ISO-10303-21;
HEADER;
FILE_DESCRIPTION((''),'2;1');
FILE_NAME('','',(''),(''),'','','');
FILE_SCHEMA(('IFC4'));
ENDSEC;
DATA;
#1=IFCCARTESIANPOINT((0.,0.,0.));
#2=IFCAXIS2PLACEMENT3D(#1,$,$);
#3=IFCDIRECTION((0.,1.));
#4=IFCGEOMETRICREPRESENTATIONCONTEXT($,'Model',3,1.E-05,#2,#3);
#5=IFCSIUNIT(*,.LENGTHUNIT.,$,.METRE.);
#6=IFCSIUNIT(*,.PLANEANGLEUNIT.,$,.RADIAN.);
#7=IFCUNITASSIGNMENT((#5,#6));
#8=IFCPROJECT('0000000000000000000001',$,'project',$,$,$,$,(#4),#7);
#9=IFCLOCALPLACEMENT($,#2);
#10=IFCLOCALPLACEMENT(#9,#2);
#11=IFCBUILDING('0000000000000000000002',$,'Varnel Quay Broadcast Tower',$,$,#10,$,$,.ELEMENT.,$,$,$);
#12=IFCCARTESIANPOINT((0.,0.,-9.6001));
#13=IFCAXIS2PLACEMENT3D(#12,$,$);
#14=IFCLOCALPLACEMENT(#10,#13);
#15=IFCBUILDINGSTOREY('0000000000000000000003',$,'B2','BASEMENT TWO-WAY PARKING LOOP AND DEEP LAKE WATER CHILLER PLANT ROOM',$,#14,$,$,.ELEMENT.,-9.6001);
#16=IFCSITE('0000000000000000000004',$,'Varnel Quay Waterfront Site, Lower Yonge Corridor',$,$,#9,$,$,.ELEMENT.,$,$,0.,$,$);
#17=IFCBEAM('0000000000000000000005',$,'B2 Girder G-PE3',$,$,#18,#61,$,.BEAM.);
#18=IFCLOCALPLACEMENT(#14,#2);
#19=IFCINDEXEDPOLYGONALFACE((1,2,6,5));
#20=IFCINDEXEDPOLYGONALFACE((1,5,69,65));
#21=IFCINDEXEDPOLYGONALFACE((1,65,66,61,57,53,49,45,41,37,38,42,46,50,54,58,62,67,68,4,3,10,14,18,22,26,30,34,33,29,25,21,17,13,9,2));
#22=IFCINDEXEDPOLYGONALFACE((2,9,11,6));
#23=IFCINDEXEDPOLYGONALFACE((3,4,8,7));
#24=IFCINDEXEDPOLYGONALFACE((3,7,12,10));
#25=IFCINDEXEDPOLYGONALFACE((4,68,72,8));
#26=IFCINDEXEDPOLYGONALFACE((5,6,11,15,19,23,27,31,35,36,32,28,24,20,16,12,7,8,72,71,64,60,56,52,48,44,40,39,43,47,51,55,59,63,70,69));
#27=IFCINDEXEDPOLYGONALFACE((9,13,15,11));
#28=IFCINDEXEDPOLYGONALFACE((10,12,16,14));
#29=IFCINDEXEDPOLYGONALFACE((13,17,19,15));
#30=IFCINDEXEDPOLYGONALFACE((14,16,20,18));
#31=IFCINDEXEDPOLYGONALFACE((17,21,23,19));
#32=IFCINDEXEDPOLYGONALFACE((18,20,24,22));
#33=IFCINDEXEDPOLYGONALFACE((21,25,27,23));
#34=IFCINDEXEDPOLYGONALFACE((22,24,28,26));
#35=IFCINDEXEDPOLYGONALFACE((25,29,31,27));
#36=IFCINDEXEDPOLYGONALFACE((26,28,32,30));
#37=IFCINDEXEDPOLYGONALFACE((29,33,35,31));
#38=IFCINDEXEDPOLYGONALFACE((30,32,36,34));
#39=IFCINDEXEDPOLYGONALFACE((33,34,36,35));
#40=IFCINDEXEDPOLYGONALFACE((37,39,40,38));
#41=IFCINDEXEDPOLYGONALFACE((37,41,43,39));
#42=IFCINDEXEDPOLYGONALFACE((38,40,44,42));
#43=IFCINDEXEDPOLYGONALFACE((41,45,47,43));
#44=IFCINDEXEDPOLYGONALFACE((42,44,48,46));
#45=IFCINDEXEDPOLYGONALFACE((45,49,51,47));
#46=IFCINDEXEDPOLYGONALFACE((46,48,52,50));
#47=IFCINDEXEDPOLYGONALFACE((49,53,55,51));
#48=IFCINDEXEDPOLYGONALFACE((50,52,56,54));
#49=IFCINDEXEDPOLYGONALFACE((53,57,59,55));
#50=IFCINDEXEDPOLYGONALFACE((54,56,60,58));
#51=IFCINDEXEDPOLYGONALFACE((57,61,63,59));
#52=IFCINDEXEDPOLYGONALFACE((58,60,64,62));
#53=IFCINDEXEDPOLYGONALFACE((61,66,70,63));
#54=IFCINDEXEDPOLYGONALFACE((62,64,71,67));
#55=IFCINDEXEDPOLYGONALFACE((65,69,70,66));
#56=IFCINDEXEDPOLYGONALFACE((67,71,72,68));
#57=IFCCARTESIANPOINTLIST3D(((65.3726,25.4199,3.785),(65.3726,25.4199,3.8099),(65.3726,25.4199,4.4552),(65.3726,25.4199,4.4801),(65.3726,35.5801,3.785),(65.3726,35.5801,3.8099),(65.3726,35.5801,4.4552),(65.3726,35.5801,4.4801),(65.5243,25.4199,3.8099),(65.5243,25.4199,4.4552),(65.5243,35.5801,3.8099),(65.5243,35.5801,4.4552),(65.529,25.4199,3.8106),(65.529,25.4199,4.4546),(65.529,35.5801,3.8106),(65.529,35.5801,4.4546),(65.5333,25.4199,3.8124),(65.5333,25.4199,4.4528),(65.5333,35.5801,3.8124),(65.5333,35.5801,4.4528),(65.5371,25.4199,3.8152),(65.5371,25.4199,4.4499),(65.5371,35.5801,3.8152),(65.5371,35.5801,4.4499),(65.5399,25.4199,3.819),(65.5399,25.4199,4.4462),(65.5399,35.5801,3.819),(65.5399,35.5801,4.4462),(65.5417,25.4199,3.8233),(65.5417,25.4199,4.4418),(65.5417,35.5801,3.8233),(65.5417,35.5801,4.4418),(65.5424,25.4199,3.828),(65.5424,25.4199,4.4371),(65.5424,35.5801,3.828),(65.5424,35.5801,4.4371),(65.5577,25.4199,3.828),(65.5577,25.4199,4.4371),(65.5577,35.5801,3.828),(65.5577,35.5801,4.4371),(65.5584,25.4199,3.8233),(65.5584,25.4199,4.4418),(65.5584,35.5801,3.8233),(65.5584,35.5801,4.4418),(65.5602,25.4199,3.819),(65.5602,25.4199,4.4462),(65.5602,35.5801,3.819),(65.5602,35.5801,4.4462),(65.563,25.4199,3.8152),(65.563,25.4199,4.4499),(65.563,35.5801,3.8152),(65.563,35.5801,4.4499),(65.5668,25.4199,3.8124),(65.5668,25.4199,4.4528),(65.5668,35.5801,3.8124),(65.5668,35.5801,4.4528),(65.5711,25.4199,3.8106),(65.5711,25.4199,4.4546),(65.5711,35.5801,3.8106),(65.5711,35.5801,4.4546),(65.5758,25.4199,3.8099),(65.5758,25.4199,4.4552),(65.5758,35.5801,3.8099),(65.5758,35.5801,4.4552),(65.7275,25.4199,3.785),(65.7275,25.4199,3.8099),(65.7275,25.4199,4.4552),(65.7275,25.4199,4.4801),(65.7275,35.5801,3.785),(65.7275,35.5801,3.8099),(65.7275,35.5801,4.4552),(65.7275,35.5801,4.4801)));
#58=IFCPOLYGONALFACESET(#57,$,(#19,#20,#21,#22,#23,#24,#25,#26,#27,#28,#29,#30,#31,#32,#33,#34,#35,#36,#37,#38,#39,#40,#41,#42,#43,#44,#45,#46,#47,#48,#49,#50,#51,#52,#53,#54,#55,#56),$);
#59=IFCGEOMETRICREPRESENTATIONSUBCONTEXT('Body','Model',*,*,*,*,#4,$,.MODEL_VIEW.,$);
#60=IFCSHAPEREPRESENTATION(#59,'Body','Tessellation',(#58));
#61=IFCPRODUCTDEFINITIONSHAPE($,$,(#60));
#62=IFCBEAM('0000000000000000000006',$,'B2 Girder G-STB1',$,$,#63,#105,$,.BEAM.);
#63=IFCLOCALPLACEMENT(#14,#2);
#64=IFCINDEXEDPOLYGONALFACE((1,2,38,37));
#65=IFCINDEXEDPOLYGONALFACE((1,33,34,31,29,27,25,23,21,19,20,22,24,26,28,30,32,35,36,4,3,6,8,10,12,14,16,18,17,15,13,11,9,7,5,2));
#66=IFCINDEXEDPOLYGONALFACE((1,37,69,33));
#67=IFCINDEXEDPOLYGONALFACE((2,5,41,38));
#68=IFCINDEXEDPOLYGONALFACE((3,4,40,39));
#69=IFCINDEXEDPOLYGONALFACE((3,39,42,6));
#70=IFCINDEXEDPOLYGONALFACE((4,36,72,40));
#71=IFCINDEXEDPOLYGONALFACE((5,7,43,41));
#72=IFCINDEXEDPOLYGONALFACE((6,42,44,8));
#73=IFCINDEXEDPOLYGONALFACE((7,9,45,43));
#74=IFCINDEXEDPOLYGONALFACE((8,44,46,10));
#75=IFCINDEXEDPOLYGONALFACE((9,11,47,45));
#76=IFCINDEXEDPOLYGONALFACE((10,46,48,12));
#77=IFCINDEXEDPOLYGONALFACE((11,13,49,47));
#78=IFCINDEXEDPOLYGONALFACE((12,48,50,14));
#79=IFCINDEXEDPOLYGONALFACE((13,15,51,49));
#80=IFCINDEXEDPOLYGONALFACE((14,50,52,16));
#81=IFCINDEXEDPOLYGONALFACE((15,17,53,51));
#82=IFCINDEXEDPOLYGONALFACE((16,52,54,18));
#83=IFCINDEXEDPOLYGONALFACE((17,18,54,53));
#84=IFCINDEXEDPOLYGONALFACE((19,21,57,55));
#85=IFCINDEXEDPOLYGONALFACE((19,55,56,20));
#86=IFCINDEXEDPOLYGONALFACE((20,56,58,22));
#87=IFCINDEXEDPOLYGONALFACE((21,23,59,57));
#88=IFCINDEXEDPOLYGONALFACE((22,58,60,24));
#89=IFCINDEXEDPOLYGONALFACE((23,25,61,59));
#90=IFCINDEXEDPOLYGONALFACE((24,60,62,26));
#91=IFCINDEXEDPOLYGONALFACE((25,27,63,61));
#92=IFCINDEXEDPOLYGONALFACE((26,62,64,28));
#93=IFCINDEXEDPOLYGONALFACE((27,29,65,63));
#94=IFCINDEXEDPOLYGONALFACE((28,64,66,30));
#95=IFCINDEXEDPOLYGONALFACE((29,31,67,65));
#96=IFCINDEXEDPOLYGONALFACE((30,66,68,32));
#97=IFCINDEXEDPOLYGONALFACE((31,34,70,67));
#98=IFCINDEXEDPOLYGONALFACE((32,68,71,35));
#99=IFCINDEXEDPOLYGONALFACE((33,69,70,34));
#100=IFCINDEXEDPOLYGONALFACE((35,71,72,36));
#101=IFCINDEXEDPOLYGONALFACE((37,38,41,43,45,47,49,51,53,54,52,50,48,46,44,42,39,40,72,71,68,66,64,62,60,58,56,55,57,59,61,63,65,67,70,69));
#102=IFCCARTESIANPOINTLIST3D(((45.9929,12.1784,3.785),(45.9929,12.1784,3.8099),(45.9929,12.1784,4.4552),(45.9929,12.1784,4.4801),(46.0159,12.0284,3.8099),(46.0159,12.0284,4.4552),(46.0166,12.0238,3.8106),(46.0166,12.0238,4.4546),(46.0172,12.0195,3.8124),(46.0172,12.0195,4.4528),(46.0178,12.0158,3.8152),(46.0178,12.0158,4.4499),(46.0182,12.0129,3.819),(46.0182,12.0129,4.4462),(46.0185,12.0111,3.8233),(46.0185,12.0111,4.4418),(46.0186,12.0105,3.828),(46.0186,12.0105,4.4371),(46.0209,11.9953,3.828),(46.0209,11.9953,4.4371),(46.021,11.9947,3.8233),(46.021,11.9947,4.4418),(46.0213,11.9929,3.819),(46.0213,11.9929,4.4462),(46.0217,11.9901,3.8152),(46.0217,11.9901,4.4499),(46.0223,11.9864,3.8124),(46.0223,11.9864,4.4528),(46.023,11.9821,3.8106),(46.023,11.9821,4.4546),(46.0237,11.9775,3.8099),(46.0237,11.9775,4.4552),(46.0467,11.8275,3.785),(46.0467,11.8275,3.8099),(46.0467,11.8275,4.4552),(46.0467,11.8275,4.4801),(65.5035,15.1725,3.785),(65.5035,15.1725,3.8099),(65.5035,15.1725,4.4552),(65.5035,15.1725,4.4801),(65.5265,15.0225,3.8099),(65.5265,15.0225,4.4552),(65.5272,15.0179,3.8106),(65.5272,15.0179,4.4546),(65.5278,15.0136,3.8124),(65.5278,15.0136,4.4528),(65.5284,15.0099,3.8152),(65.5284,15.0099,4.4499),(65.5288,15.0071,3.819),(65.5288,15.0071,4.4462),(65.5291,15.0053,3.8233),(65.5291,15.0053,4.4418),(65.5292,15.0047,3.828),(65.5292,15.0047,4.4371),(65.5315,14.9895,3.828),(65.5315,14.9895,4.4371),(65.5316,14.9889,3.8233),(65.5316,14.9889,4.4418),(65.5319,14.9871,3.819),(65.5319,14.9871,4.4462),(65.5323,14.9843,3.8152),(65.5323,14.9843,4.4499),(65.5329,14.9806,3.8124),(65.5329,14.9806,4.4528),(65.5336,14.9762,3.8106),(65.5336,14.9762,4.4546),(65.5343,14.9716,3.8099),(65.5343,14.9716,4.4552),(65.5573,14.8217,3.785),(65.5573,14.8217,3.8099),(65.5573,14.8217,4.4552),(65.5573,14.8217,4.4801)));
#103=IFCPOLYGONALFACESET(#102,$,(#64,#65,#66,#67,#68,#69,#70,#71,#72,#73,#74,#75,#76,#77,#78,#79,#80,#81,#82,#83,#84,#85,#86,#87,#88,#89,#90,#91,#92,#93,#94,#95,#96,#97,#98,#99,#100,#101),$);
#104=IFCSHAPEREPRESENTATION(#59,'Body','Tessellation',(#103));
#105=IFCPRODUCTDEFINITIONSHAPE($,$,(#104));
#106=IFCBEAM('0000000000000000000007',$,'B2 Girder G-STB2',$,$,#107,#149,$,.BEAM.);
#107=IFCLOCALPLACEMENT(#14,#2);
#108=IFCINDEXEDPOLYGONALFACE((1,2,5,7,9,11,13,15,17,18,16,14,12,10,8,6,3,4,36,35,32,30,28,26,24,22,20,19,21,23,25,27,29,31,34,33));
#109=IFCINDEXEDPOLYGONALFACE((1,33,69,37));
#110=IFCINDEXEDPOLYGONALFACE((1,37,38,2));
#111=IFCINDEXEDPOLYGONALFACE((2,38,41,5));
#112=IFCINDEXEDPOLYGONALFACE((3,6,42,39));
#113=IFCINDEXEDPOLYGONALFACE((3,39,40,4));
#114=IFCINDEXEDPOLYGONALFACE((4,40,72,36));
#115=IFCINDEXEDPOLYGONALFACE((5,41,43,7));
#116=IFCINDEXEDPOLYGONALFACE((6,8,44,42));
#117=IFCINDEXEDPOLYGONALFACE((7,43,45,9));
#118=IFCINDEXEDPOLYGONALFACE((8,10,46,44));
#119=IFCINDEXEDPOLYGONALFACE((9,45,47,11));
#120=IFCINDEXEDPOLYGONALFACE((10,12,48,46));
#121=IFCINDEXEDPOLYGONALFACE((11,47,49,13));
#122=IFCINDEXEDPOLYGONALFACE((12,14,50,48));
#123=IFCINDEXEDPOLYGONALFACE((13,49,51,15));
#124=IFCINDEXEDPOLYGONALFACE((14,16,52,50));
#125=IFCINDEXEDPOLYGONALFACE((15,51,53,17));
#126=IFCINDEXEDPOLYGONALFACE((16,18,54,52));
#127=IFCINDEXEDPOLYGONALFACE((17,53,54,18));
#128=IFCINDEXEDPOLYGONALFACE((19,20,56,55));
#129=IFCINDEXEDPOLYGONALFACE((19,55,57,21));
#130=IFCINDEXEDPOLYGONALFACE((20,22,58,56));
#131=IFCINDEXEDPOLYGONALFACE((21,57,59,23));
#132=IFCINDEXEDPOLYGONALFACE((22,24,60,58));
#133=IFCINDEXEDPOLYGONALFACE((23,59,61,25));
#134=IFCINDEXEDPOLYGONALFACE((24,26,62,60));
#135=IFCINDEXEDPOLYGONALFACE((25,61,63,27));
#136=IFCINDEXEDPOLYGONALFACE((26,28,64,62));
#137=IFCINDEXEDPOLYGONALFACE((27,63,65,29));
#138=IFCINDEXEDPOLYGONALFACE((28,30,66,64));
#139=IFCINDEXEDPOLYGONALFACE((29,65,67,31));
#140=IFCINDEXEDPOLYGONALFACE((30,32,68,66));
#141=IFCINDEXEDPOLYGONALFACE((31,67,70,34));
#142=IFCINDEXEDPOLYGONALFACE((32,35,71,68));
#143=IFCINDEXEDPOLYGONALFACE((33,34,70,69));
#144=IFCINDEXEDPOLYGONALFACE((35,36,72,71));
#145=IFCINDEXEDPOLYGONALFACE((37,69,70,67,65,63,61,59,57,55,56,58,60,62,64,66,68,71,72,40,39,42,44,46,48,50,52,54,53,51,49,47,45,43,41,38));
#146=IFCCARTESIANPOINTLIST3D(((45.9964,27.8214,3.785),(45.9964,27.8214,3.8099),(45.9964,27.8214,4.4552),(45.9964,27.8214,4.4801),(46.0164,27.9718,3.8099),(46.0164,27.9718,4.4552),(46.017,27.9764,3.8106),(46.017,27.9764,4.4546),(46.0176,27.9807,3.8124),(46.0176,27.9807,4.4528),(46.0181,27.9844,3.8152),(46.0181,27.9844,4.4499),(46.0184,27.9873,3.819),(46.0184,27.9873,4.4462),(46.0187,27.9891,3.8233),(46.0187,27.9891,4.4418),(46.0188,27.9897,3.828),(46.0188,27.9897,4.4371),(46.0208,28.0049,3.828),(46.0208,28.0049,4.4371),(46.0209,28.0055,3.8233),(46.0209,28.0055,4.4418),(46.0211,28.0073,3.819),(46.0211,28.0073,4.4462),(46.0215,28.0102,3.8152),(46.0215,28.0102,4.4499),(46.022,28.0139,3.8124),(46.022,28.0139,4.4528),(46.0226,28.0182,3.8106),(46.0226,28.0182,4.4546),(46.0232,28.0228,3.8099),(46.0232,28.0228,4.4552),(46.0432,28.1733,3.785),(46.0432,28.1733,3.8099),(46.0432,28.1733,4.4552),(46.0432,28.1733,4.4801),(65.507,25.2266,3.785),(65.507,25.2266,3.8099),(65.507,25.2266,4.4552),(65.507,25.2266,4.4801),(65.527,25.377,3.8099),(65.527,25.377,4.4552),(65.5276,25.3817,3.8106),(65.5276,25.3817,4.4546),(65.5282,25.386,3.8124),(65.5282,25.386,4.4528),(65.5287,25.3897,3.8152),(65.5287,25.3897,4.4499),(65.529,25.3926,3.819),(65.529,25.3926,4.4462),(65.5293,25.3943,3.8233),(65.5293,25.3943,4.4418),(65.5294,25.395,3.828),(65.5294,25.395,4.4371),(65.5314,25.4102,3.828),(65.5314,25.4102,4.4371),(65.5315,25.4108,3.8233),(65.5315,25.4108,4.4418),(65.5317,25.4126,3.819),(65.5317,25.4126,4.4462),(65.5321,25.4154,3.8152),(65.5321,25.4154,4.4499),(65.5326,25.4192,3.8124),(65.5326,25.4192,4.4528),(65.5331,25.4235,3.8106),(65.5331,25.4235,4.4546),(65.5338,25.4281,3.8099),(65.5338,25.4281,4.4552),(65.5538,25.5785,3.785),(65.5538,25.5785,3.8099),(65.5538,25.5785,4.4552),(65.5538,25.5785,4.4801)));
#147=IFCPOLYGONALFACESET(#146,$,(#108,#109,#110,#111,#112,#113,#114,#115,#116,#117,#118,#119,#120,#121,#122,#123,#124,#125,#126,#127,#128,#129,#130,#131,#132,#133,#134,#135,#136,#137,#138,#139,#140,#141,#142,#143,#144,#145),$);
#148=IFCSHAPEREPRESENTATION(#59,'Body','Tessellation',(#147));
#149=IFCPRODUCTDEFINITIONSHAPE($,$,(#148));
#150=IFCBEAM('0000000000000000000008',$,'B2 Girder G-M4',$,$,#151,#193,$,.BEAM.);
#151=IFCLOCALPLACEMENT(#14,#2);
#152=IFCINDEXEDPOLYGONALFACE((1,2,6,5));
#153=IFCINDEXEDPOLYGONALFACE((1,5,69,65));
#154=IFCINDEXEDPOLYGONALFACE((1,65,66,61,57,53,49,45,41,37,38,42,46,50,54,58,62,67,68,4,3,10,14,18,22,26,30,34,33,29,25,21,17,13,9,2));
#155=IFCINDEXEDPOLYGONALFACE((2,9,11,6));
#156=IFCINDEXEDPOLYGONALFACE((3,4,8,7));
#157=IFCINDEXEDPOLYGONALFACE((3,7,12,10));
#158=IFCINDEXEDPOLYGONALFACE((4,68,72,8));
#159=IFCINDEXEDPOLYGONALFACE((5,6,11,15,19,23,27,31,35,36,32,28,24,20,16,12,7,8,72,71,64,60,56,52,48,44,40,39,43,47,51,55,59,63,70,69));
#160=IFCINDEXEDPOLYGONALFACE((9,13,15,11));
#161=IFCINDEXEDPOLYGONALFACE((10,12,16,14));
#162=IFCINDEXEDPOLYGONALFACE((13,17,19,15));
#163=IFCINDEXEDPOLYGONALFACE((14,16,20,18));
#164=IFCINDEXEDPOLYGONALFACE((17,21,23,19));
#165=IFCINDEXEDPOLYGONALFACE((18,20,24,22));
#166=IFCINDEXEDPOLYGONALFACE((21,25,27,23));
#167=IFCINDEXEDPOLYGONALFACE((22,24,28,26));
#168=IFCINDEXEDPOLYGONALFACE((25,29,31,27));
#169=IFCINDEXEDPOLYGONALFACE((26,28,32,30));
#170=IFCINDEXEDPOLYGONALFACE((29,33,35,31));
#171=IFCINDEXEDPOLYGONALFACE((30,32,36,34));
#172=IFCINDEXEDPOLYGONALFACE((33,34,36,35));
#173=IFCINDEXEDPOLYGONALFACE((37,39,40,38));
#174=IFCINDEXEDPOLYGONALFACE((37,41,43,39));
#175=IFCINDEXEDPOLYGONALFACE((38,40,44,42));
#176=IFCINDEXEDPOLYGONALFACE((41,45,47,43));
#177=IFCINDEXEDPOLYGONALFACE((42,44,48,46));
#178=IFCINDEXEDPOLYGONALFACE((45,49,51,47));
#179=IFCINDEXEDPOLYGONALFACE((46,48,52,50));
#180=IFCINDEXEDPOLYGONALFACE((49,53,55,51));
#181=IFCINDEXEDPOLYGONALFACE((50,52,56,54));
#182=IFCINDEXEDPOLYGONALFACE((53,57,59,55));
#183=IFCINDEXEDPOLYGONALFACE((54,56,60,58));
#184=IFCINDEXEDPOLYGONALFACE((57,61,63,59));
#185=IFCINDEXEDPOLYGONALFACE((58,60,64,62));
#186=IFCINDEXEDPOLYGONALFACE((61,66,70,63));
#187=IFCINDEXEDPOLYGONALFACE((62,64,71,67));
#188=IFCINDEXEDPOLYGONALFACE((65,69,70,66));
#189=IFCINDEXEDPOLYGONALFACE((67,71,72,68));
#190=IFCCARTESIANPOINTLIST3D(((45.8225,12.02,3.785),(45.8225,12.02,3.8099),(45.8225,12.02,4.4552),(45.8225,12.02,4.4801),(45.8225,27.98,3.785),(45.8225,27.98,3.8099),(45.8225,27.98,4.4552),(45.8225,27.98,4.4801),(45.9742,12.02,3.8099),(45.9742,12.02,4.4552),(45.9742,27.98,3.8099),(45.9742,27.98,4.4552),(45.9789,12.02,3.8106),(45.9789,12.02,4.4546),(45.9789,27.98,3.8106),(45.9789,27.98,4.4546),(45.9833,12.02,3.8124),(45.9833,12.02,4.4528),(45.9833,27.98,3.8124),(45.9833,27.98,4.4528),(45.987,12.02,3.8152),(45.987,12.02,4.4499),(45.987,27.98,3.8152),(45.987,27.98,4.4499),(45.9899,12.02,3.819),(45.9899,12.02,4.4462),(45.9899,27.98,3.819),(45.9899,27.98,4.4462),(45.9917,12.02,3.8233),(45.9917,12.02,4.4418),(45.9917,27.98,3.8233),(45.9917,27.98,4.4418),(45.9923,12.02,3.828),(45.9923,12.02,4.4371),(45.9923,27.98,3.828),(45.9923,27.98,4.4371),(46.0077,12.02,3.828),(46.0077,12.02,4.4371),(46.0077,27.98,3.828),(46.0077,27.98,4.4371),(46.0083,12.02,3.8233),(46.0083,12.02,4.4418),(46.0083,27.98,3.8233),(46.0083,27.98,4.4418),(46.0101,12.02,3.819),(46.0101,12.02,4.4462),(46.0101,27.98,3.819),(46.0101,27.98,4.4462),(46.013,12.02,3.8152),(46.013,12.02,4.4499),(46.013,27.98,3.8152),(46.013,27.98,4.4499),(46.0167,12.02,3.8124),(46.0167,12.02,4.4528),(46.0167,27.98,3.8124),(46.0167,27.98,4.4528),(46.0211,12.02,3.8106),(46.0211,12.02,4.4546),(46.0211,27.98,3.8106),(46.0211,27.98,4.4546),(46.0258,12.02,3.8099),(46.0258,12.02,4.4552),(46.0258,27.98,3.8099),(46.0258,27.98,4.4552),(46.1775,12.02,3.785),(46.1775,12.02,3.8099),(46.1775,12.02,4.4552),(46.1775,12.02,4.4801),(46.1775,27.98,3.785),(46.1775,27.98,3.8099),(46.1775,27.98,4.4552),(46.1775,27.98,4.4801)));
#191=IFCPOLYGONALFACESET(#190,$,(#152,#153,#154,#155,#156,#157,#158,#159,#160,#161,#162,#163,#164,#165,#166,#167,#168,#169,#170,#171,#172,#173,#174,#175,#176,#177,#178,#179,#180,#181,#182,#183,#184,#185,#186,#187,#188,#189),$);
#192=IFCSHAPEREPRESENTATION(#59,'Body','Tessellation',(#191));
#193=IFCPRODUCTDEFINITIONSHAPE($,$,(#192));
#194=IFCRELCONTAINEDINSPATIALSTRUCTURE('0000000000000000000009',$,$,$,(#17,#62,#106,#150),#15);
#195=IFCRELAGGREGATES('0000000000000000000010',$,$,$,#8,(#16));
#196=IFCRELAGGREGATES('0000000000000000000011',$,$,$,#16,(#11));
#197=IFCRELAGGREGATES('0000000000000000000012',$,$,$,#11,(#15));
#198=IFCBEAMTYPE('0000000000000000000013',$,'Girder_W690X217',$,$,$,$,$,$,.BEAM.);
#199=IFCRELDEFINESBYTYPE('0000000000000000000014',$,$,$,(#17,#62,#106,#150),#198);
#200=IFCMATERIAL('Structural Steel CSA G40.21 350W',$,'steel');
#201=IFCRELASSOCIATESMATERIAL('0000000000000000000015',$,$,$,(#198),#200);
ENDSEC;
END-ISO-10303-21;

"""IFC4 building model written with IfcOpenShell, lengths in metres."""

from ifc_helpers import new_model, si_unit, direction, frame, origin, origin_2d, place, context, subcontext, project, spatial, i_section, extrude, source, transform, mapped, material, material_profile, profile_set, type_object, element, save


model = new_model("IFC4")

# Units and contexts
model_context = context("Model", 3, precision=1e-05, world=origin(), true_north=direction((0.0, 1.0)))
body_context = subcontext(model_context, "Body", "Model", "MODEL_VIEW")
ifc_project = project(units=[si_unit("LENGTHUNIT", "METRE"), si_unit("PLANEANGLEUNIT", "RADIAN")], contexts=[model_context])

# Site, building, storey
site_placement = place(None, origin())
site = spatial("IfcSite", under=ifc_project, at=site_placement, Name="Varnel Quay Waterfront Site, Lower Yonge Corridor", CompositionType="ELEMENT", RefElevation=0.0)
building_placement = place(site_placement, origin())
building = spatial("IfcBuilding", under=site, at=building_placement, Name="Varnel Quay Broadcast Tower", CompositionType="ELEMENT")
storey_placement = place(building_placement, frame((0.0, 0.0, -9.6001)))
storey = spatial("IfcBuildingStorey", under=building, at=storey_placement, Name="B2", Description="BASEMENT TWO-WAY PARKING LOOP AND DEEP LAKE WATER CHILLER PLANT ROOM", CompositionType="ELEMENT", Elevation=-9.6001)

# Beams
ifc_material_1 = material(Name="Structural Steel CSA G40.21 350W", Category="steel")
ifc_material_profile_1 = material_profile(ifc_material_1, i_section(OverallWidth=0.355, OverallDepth=0.6951, WebThickness=0.0154, FlangeThickness=0.0249, FilletRadius=0.0181, at=origin_2d()), Name="W690X217")
ifc_profile_set_1 = profile_set([ifc_material_profile_1], Name="Structural Steel CSA G40.21 350W")
beam_type_1 = type_object("IfcBeamType", Name="Girder_W690X217", PredefinedType="BEAM", material=ifc_profile_set_1)
shared_shape_1 = source(origin(), body_context, "Body", "SweptSolid", [
    extrude(i_section(OverallWidth=0.355, OverallDepth=0.6951, WebThickness=0.0154, FlangeThickness=0.0249, FilletRadius=0.0181, at=origin_2d()), origin(), (0.0, 0.0, 1.0), 10.1602),
])
beam_1_placement = place(storey_placement, frame((65.55, 25.4199, 4.1326), z_axis=(0.0, 1.0, 0.0), x_axis=(-1.0, 0.0, 0.0)))
element("IfcBeam", 1, at=beam_1_placement, inside=storey, type_object=beam_type_1, Name="B2 Girder G-PE3", PredefinedType="BEAM", context=body_context, shape_type="MappedRepresentation", body=[
    mapped(shared_shape_1, transform((0.0, 0.0, 0.0), x_axis=(1.0, 0.0, 0.0), y_axis=(0.0, 1.0, 0.0), z_axis=(0.0, 0.0, 1.0), scale=1.0)),
])
shared_shape_2 = source(origin(), body_context, "Body", "SweptSolid", [
    extrude(i_section(OverallWidth=0.355, OverallDepth=0.6951, WebThickness=0.0154, FlangeThickness=0.0249, FilletRadius=0.0181, at=origin_2d()), origin(), (0.0, 0.0, 1.0), 19.739),
])
beam_2_placement = place(storey_placement, frame((46.0198, 12.0029, 4.1326), z_axis=(0.988429, 0.151687, 0.0), x_axis=(-0.151687, 0.988429, 0.0)))
element("IfcBeam", 2, at=beam_2_placement, inside=storey, type_object=beam_type_1, Name="B2 Girder G-STB1", PredefinedType="BEAM", context=body_context, shape_type="MappedRepresentation", body=[
    mapped(shared_shape_2, transform((0.0, 0.0, 0.0), x_axis=(1.0, 0.0, 0.0), y_axis=(0.0, 1.0, 0.0), z_axis=(0.0, 0.0, 1.0), scale=1.0)),
])
shared_shape_3 = source(origin(), body_context, "Body", "SweptSolid", [
    extrude(i_section(OverallWidth=0.355, OverallDepth=0.6951, WebThickness=0.0154, FlangeThickness=0.0249, FilletRadius=0.0181, at=origin_2d()), origin(), (0.0, 0.0, 1.0), 19.6824),
])
beam_3_placement = place(storey_placement, frame((46.0198, 27.9973, 4.1326), z_axis=(0.991272, -0.131831, 0.0), x_axis=(0.131831, 0.991272, 0.0)))
element("IfcBeam", 3, at=beam_3_placement, inside=storey, type_object=beam_type_1, Name="B2 Girder G-STB2", PredefinedType="BEAM", context=body_context, shape_type="MappedRepresentation", body=[
    mapped(shared_shape_3, transform((0.0, 0.0, 0.0), x_axis=(1.0, 0.0, 0.0), y_axis=(0.0, 1.0, 0.0), z_axis=(0.0, 0.0, 1.0), scale=1.0)),
])
shared_shape_4 = source(origin(), body_context, "Body", "SweptSolid", [
    extrude(i_section(OverallWidth=0.355, OverallDepth=0.6951, WebThickness=0.0154, FlangeThickness=0.0249, FilletRadius=0.0181, at=origin_2d()), origin(), (0.0, 0.0, 1.0), 15.96),
])
beam_4_placement = place(storey_placement, frame((46.0, 12.02, 4.1326), z_axis=(0.0, 1.0, 0.0), x_axis=(-1.0, 0.0, 0.0)))
element("IfcBeam", 4, at=beam_4_placement, inside=storey, type_object=beam_type_1, Name="B2 Girder G-M4", PredefinedType="BEAM", context=body_context, shape_type="MappedRepresentation", body=[
    mapped(shared_shape_4, transform((0.0, 0.0, 0.0), x_axis=(1.0, 0.0, 0.0), y_axis=(0.0, 1.0, 0.0), z_axis=(0.0, 0.0, 1.0), scale=1.0)),
])

save(model, "model.ifc")
